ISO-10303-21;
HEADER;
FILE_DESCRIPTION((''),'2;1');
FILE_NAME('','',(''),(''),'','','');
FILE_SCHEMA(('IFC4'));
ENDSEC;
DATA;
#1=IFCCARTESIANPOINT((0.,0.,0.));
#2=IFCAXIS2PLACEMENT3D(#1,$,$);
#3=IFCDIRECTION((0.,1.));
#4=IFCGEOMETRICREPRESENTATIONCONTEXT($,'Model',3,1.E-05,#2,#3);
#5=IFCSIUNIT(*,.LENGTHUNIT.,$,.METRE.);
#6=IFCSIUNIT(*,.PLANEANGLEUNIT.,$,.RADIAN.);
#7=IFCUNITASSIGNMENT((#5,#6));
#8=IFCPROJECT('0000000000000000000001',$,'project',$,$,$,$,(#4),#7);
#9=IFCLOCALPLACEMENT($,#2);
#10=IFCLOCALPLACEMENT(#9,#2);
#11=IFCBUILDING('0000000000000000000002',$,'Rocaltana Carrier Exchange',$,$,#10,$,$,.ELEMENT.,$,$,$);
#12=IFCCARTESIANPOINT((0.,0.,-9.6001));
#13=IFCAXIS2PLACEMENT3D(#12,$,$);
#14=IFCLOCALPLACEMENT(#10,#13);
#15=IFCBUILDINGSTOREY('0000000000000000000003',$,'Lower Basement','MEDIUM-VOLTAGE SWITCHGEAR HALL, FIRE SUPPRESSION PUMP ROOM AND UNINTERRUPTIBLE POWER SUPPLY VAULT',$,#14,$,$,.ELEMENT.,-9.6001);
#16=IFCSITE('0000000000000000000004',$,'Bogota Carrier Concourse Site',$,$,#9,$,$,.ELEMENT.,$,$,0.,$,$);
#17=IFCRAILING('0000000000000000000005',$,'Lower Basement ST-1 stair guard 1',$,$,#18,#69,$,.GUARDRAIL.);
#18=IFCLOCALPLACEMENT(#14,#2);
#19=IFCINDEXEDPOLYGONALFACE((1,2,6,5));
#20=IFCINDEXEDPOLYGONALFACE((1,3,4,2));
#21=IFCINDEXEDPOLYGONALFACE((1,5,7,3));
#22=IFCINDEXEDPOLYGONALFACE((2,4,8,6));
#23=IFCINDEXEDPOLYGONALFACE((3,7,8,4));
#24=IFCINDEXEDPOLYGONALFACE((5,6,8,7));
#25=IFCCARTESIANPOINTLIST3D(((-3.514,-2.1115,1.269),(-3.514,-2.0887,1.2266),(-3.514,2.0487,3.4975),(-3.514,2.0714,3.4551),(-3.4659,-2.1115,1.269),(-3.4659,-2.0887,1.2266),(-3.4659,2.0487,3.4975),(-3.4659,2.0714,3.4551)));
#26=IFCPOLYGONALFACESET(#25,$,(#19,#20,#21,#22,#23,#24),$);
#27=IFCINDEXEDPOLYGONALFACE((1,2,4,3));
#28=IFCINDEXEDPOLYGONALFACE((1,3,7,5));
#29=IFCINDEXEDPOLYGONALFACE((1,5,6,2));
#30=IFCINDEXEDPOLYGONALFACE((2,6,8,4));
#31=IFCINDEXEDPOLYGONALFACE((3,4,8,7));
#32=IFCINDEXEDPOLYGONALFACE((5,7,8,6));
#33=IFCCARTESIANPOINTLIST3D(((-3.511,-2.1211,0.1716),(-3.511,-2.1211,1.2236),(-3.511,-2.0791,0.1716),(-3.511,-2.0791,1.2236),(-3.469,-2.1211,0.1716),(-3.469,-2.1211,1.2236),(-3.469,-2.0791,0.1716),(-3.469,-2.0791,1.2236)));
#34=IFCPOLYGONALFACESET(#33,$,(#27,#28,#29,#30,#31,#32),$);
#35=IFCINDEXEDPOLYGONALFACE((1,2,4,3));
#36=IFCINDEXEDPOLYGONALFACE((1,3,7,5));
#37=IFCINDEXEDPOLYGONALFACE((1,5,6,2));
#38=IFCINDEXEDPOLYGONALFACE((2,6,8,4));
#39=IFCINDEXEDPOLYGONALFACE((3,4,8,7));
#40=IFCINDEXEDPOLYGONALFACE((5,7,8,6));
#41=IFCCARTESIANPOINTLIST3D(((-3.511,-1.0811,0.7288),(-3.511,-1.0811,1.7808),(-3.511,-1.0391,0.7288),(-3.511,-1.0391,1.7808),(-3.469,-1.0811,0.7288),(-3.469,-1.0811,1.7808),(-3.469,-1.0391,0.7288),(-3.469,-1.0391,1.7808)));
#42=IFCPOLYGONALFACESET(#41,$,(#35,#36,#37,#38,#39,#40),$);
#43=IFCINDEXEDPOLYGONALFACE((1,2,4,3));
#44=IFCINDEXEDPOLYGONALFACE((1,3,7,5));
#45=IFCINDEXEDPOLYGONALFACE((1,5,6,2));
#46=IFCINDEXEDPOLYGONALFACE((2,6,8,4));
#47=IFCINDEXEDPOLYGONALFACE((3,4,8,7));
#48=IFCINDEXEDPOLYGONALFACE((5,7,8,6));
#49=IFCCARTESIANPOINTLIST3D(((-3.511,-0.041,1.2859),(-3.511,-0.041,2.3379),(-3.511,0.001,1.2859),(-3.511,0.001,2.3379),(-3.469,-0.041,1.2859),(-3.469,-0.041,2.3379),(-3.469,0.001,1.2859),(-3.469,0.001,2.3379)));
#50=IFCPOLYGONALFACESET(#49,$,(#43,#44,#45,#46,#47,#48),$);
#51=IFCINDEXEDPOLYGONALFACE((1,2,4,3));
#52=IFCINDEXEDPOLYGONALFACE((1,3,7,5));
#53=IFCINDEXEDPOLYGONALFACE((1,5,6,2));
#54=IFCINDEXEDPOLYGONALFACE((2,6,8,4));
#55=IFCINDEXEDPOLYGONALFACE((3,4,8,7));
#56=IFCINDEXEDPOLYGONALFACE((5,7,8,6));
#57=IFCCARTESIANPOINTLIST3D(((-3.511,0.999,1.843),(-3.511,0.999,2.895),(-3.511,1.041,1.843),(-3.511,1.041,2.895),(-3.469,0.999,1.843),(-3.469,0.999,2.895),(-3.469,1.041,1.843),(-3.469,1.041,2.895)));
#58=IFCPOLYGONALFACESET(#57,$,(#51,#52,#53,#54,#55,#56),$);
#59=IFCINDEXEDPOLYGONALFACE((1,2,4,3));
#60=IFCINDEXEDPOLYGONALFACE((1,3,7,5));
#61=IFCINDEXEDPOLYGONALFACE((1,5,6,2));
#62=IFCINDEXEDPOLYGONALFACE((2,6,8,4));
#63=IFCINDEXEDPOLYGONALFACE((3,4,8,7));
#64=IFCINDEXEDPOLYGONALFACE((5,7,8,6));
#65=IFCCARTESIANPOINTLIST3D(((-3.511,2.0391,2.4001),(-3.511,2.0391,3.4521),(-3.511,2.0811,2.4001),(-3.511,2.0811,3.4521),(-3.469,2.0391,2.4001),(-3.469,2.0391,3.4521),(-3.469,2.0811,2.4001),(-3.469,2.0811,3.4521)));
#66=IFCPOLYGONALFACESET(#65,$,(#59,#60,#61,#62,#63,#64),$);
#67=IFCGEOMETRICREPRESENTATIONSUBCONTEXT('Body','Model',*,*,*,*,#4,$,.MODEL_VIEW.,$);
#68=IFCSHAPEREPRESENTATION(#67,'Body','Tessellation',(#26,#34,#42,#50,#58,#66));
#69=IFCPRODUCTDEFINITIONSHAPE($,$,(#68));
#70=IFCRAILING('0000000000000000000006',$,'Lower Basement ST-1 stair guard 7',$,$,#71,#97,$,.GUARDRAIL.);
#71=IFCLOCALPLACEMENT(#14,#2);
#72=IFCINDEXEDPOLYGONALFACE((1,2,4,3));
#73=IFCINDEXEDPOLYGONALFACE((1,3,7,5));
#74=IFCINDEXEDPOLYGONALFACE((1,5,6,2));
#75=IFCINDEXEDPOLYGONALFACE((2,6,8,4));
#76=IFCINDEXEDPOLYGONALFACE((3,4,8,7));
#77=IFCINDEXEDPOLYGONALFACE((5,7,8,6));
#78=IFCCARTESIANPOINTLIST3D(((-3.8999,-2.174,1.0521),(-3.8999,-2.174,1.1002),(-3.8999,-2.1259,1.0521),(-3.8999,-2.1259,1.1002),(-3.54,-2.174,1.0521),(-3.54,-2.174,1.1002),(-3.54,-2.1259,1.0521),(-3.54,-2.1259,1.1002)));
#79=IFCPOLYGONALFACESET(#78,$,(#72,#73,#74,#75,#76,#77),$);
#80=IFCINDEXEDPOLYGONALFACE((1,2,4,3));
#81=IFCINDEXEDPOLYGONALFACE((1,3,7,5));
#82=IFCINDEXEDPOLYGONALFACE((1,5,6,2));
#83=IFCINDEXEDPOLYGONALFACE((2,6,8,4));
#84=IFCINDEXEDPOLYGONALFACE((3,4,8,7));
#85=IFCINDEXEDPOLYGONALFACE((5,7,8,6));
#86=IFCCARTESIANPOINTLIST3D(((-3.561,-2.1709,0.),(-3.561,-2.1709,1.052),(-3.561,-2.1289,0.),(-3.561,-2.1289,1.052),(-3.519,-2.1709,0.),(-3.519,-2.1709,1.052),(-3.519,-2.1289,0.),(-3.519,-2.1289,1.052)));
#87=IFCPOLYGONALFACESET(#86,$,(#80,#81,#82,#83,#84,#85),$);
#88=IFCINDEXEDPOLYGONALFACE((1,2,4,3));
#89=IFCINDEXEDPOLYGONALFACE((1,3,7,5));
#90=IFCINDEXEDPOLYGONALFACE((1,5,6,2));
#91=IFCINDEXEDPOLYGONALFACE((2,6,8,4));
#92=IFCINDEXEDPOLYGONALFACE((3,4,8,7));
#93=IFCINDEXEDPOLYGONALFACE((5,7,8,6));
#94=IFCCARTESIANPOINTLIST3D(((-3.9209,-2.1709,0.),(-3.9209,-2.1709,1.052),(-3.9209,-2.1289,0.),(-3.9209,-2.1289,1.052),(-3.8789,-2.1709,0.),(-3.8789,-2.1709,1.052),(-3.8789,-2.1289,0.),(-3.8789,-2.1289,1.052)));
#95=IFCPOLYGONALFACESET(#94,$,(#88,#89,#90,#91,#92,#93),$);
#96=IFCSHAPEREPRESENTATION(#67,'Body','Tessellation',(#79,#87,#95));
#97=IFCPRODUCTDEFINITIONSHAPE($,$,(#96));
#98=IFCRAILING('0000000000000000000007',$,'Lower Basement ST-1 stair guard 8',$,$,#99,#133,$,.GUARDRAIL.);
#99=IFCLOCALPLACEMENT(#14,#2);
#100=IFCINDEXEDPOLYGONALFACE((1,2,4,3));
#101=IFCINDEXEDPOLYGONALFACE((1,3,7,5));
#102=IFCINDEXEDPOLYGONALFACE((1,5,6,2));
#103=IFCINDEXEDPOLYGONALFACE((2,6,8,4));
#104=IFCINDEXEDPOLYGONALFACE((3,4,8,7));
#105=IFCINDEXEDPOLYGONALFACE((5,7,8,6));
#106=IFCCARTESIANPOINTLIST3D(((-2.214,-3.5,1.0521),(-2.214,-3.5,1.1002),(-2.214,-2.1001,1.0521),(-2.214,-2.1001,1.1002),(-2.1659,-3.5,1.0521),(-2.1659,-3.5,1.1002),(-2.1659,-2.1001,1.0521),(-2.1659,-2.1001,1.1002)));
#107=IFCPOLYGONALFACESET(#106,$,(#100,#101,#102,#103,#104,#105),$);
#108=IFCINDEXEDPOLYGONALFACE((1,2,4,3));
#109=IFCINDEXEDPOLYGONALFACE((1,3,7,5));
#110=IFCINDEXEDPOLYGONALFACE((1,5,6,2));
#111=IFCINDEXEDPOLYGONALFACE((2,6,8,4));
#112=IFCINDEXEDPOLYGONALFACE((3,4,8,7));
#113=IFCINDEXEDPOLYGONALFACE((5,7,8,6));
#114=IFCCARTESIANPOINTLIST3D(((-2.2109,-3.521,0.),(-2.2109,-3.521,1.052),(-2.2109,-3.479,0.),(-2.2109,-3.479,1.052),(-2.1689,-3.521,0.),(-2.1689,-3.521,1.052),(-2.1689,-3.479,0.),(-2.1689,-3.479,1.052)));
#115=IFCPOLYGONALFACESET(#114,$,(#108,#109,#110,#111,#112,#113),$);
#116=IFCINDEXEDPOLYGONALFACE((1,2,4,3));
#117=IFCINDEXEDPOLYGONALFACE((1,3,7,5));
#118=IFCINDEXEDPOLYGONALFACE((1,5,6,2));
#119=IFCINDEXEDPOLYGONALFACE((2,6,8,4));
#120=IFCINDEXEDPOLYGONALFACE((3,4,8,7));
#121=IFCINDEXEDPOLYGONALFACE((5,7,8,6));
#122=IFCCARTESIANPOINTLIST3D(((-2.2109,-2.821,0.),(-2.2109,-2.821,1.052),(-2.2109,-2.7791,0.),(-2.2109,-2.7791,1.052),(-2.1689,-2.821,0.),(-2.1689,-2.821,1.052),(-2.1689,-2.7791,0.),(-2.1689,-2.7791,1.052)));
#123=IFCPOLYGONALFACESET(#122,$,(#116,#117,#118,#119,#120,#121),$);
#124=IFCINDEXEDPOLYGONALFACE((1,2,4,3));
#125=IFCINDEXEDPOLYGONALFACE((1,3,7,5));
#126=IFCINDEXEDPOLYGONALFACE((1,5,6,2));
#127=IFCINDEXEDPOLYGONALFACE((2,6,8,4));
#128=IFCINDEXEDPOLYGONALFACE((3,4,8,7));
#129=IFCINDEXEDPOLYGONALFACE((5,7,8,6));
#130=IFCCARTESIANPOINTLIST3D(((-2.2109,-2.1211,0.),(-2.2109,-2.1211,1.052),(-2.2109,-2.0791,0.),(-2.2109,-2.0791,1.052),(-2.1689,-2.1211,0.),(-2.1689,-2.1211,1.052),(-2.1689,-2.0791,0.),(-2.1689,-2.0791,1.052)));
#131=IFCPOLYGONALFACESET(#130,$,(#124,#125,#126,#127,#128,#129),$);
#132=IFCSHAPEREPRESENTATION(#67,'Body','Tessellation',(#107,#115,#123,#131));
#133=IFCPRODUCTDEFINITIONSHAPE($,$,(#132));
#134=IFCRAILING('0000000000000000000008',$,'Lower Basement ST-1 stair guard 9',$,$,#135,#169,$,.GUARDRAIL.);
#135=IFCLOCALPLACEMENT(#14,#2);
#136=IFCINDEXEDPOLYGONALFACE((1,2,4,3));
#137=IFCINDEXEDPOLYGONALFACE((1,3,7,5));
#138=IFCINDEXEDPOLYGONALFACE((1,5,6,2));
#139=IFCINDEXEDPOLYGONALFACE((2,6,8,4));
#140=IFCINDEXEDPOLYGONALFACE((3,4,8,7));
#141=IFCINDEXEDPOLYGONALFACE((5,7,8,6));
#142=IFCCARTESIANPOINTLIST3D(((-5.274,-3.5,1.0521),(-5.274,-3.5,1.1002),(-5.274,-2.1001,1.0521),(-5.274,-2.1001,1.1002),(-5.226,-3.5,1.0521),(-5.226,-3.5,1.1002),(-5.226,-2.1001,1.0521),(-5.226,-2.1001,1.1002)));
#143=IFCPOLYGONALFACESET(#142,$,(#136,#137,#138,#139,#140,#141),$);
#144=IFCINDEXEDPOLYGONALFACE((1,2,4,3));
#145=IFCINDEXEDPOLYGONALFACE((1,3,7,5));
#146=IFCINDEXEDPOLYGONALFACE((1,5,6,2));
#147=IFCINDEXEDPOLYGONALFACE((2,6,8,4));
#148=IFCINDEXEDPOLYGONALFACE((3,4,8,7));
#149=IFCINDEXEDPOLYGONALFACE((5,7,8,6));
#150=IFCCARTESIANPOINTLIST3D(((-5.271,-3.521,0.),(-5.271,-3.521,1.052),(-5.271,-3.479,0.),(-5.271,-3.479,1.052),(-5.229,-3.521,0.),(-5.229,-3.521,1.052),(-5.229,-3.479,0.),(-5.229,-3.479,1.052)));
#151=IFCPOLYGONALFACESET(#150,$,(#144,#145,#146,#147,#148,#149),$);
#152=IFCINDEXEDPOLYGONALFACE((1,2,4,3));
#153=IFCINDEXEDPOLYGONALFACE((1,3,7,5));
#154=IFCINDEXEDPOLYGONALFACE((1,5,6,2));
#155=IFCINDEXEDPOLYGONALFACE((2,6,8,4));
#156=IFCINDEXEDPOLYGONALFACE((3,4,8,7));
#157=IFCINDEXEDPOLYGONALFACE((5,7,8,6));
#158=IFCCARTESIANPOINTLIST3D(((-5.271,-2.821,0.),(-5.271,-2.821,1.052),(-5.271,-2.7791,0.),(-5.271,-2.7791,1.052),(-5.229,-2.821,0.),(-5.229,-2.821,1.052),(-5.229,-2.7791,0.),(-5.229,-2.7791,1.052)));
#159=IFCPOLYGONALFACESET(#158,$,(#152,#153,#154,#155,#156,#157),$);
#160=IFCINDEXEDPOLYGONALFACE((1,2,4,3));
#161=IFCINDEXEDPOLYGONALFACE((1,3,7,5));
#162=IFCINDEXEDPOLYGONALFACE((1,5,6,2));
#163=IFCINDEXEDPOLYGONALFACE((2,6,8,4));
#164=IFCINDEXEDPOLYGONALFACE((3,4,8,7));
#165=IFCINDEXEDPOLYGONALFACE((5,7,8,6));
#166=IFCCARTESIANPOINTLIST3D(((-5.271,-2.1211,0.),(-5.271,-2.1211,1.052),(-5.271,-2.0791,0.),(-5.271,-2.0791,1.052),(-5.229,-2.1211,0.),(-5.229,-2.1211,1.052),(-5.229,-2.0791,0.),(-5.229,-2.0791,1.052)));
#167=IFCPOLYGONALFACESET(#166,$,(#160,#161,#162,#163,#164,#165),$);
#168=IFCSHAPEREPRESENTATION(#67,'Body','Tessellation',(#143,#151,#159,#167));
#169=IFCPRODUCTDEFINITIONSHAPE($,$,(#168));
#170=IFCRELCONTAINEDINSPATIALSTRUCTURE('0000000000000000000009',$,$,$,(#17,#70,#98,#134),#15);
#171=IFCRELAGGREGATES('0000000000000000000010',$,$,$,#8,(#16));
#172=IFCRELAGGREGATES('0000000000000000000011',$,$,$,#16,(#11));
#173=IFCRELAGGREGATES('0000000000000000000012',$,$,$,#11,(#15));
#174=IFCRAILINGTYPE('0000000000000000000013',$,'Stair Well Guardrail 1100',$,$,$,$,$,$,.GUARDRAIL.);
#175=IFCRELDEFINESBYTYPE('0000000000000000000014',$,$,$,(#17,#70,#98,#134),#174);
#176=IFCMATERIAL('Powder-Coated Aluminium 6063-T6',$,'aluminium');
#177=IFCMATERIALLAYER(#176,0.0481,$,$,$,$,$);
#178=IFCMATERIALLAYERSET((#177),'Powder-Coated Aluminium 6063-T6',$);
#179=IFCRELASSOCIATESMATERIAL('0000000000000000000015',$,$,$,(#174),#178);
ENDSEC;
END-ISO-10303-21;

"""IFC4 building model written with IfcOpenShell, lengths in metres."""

from ifc_helpers import new_model, si_unit, direction, frame, origin, origin_2d, place, context, subcontext, project, spatial, rectangle, extrude, material, layer, layer_set, type_object, element, save


model = new_model("IFC4")

# Units and contexts
model_context = context("Model", 3, precision=1e-05, world=origin(), true_north=direction((0.0, 1.0)))
body_context = subcontext(model_context, "Body", "Model", "MODEL_VIEW")
ifc_project = project(units=[si_unit("LENGTHUNIT", "METRE"), si_unit("PLANEANGLEUNIT", "RADIAN")], contexts=[model_context])

# Site, building, storey
site_placement = place(None, origin())
site = spatial("IfcSite", under=ifc_project, at=site_placement, Name="Bogota Carrier Concourse Site", CompositionType="ELEMENT", RefElevation=0.0)
building_placement = place(site_placement, origin())
building = spatial("IfcBuilding", under=site, at=building_placement, Name="Rocaltana Carrier Exchange", CompositionType="ELEMENT")
storey_placement = place(building_placement, frame((0.0, 0.0, -9.6001)))
storey = spatial("IfcBuildingStorey", under=building, at=storey_placement, Name="Lower Basement", Description="MEDIUM-VOLTAGE SWITCHGEAR HALL, FIRE SUPPRESSION PUMP ROOM AND UNINTERRUPTIBLE POWER SUPPLY VAULT", CompositionType="ELEMENT", Elevation=-9.6001)

# Railings
ifc_material_1 = material(Name="Powder-Coated Aluminium 6063-T6", Category="aluminium")
ifc_layer_1 = layer(ifc_material_1, 0.0481)
ifc_layer_set_1 = layer_set([ifc_layer_1], Name="Powder-Coated Aluminium 6063-T6")
railing_type_1 = type_object("IfcRailingType", Name="Stair Well Guardrail 1100", PredefinedType="GUARDRAIL", material=ifc_layer_set_1)
railing_1_placement = place(storey_placement, frame((-3.49, -2.1001, 0.1716)))
element("IfcRailing", 1, at=railing_1_placement, inside=storey, type_object=railing_type_1, Name="Lower Basement ST-1 stair guard 1", PredefinedType="GUARDRAIL", context=body_context, shape_type="SweptSolid", body=[
    extrude(rectangle(XDim=0.0481, YDim=0.0481, at=origin_2d()), frame((0.0, 0.0, 1.0762), z_axis=(0.0, 0.881492, 0.472198), x_axis=(-1.0, 0.0, 0.0)), (0.0, 0.0, 1.0), 4.7195),
    extrude(rectangle(XDim=0.042, YDim=0.042, at=origin_2d()), origin(), (0.0, 0.0, 1.0), 1.052),
    extrude(rectangle(XDim=0.042, YDim=0.042, at=origin_2d()), frame((0.0, 1.04, 0.5571)), (0.0, 0.0, 1.0), 1.052),
    extrude(rectangle(XDim=0.042, YDim=0.042, at=origin_2d()), frame((0.0, 2.0801, 1.1143)), (0.0, 0.0, 1.0), 1.052),
    extrude(rectangle(XDim=0.042, YDim=0.042, at=origin_2d()), frame((0.0, 3.1201, 1.6714)), (0.0, 0.0, 1.0), 1.052),
    extrude(rectangle(XDim=0.042, YDim=0.042, at=origin_2d()), frame((0.0, 4.1602, 2.2285)), (0.0, 0.0, 1.0), 1.052),
])
railing_2_placement = place(storey_placement, frame((-3.54, -2.1499, 0.0)))
element("IfcRailing", 2, at=railing_2_placement, inside=storey, type_object=railing_type_1, Name="Lower Basement ST-1 stair guard 7", PredefinedType="GUARDRAIL", context=body_context, shape_type="SweptSolid", body=[
    extrude(rectangle(XDim=0.0481, YDim=0.0481, at=origin_2d()), frame((0.0, 0.0, 1.0762), z_axis=(-1.0, 0.0, 0.0), x_axis=(0.0, -1.0, 0.0)), (0.0, 0.0, 1.0), 0.3599),
    extrude(rectangle(XDim=0.042, YDim=0.042, at=origin_2d()), origin(), (0.0, 0.0, 1.0), 1.052),
    extrude(rectangle(XDim=0.042, YDim=0.042, at=origin_2d()), frame((-0.3599, 0.0, 0.0)), (0.0, 0.0, 1.0), 1.052),
])
for number, where, name in (
    (3, (-2.1899, -3.5, 0.0), "Lower Basement ST-1 stair guard 8"),
    (4, (-5.25, -3.5, 0.0), "Lower Basement ST-1 stair guard 9"),
):
    element("IfcRailing", number, at=place(storey_placement, frame(where)), inside=storey, type_object=railing_type_1, Name=name, PredefinedType="GUARDRAIL", context=body_context, shape_type="SweptSolid", body=[
        extrude(rectangle(XDim=0.0481, YDim=0.0481, at=origin_2d()), frame((0.0, 0.0, 1.0762), z_axis=(0.0, 1.0, 0.0), x_axis=(-1.0, 0.0, 0.0)), (0.0, 0.0, 1.0), 1.3999),
        extrude(rectangle(XDim=0.042, YDim=0.042, at=origin_2d()), origin(), (0.0, 0.0, 1.0), 1.052),
        extrude(rectangle(XDim=0.042, YDim=0.042, at=origin_2d()), frame((0.0, 0.7, 0.0)), (0.0, 0.0, 1.0), 1.052),
        extrude(rectangle(XDim=0.042, YDim=0.042, at=origin_2d()), frame((0.0, 1.3999, 0.0)), (0.0, 0.0, 1.0), 1.052),
    ])

save(model, "model.ifc")
